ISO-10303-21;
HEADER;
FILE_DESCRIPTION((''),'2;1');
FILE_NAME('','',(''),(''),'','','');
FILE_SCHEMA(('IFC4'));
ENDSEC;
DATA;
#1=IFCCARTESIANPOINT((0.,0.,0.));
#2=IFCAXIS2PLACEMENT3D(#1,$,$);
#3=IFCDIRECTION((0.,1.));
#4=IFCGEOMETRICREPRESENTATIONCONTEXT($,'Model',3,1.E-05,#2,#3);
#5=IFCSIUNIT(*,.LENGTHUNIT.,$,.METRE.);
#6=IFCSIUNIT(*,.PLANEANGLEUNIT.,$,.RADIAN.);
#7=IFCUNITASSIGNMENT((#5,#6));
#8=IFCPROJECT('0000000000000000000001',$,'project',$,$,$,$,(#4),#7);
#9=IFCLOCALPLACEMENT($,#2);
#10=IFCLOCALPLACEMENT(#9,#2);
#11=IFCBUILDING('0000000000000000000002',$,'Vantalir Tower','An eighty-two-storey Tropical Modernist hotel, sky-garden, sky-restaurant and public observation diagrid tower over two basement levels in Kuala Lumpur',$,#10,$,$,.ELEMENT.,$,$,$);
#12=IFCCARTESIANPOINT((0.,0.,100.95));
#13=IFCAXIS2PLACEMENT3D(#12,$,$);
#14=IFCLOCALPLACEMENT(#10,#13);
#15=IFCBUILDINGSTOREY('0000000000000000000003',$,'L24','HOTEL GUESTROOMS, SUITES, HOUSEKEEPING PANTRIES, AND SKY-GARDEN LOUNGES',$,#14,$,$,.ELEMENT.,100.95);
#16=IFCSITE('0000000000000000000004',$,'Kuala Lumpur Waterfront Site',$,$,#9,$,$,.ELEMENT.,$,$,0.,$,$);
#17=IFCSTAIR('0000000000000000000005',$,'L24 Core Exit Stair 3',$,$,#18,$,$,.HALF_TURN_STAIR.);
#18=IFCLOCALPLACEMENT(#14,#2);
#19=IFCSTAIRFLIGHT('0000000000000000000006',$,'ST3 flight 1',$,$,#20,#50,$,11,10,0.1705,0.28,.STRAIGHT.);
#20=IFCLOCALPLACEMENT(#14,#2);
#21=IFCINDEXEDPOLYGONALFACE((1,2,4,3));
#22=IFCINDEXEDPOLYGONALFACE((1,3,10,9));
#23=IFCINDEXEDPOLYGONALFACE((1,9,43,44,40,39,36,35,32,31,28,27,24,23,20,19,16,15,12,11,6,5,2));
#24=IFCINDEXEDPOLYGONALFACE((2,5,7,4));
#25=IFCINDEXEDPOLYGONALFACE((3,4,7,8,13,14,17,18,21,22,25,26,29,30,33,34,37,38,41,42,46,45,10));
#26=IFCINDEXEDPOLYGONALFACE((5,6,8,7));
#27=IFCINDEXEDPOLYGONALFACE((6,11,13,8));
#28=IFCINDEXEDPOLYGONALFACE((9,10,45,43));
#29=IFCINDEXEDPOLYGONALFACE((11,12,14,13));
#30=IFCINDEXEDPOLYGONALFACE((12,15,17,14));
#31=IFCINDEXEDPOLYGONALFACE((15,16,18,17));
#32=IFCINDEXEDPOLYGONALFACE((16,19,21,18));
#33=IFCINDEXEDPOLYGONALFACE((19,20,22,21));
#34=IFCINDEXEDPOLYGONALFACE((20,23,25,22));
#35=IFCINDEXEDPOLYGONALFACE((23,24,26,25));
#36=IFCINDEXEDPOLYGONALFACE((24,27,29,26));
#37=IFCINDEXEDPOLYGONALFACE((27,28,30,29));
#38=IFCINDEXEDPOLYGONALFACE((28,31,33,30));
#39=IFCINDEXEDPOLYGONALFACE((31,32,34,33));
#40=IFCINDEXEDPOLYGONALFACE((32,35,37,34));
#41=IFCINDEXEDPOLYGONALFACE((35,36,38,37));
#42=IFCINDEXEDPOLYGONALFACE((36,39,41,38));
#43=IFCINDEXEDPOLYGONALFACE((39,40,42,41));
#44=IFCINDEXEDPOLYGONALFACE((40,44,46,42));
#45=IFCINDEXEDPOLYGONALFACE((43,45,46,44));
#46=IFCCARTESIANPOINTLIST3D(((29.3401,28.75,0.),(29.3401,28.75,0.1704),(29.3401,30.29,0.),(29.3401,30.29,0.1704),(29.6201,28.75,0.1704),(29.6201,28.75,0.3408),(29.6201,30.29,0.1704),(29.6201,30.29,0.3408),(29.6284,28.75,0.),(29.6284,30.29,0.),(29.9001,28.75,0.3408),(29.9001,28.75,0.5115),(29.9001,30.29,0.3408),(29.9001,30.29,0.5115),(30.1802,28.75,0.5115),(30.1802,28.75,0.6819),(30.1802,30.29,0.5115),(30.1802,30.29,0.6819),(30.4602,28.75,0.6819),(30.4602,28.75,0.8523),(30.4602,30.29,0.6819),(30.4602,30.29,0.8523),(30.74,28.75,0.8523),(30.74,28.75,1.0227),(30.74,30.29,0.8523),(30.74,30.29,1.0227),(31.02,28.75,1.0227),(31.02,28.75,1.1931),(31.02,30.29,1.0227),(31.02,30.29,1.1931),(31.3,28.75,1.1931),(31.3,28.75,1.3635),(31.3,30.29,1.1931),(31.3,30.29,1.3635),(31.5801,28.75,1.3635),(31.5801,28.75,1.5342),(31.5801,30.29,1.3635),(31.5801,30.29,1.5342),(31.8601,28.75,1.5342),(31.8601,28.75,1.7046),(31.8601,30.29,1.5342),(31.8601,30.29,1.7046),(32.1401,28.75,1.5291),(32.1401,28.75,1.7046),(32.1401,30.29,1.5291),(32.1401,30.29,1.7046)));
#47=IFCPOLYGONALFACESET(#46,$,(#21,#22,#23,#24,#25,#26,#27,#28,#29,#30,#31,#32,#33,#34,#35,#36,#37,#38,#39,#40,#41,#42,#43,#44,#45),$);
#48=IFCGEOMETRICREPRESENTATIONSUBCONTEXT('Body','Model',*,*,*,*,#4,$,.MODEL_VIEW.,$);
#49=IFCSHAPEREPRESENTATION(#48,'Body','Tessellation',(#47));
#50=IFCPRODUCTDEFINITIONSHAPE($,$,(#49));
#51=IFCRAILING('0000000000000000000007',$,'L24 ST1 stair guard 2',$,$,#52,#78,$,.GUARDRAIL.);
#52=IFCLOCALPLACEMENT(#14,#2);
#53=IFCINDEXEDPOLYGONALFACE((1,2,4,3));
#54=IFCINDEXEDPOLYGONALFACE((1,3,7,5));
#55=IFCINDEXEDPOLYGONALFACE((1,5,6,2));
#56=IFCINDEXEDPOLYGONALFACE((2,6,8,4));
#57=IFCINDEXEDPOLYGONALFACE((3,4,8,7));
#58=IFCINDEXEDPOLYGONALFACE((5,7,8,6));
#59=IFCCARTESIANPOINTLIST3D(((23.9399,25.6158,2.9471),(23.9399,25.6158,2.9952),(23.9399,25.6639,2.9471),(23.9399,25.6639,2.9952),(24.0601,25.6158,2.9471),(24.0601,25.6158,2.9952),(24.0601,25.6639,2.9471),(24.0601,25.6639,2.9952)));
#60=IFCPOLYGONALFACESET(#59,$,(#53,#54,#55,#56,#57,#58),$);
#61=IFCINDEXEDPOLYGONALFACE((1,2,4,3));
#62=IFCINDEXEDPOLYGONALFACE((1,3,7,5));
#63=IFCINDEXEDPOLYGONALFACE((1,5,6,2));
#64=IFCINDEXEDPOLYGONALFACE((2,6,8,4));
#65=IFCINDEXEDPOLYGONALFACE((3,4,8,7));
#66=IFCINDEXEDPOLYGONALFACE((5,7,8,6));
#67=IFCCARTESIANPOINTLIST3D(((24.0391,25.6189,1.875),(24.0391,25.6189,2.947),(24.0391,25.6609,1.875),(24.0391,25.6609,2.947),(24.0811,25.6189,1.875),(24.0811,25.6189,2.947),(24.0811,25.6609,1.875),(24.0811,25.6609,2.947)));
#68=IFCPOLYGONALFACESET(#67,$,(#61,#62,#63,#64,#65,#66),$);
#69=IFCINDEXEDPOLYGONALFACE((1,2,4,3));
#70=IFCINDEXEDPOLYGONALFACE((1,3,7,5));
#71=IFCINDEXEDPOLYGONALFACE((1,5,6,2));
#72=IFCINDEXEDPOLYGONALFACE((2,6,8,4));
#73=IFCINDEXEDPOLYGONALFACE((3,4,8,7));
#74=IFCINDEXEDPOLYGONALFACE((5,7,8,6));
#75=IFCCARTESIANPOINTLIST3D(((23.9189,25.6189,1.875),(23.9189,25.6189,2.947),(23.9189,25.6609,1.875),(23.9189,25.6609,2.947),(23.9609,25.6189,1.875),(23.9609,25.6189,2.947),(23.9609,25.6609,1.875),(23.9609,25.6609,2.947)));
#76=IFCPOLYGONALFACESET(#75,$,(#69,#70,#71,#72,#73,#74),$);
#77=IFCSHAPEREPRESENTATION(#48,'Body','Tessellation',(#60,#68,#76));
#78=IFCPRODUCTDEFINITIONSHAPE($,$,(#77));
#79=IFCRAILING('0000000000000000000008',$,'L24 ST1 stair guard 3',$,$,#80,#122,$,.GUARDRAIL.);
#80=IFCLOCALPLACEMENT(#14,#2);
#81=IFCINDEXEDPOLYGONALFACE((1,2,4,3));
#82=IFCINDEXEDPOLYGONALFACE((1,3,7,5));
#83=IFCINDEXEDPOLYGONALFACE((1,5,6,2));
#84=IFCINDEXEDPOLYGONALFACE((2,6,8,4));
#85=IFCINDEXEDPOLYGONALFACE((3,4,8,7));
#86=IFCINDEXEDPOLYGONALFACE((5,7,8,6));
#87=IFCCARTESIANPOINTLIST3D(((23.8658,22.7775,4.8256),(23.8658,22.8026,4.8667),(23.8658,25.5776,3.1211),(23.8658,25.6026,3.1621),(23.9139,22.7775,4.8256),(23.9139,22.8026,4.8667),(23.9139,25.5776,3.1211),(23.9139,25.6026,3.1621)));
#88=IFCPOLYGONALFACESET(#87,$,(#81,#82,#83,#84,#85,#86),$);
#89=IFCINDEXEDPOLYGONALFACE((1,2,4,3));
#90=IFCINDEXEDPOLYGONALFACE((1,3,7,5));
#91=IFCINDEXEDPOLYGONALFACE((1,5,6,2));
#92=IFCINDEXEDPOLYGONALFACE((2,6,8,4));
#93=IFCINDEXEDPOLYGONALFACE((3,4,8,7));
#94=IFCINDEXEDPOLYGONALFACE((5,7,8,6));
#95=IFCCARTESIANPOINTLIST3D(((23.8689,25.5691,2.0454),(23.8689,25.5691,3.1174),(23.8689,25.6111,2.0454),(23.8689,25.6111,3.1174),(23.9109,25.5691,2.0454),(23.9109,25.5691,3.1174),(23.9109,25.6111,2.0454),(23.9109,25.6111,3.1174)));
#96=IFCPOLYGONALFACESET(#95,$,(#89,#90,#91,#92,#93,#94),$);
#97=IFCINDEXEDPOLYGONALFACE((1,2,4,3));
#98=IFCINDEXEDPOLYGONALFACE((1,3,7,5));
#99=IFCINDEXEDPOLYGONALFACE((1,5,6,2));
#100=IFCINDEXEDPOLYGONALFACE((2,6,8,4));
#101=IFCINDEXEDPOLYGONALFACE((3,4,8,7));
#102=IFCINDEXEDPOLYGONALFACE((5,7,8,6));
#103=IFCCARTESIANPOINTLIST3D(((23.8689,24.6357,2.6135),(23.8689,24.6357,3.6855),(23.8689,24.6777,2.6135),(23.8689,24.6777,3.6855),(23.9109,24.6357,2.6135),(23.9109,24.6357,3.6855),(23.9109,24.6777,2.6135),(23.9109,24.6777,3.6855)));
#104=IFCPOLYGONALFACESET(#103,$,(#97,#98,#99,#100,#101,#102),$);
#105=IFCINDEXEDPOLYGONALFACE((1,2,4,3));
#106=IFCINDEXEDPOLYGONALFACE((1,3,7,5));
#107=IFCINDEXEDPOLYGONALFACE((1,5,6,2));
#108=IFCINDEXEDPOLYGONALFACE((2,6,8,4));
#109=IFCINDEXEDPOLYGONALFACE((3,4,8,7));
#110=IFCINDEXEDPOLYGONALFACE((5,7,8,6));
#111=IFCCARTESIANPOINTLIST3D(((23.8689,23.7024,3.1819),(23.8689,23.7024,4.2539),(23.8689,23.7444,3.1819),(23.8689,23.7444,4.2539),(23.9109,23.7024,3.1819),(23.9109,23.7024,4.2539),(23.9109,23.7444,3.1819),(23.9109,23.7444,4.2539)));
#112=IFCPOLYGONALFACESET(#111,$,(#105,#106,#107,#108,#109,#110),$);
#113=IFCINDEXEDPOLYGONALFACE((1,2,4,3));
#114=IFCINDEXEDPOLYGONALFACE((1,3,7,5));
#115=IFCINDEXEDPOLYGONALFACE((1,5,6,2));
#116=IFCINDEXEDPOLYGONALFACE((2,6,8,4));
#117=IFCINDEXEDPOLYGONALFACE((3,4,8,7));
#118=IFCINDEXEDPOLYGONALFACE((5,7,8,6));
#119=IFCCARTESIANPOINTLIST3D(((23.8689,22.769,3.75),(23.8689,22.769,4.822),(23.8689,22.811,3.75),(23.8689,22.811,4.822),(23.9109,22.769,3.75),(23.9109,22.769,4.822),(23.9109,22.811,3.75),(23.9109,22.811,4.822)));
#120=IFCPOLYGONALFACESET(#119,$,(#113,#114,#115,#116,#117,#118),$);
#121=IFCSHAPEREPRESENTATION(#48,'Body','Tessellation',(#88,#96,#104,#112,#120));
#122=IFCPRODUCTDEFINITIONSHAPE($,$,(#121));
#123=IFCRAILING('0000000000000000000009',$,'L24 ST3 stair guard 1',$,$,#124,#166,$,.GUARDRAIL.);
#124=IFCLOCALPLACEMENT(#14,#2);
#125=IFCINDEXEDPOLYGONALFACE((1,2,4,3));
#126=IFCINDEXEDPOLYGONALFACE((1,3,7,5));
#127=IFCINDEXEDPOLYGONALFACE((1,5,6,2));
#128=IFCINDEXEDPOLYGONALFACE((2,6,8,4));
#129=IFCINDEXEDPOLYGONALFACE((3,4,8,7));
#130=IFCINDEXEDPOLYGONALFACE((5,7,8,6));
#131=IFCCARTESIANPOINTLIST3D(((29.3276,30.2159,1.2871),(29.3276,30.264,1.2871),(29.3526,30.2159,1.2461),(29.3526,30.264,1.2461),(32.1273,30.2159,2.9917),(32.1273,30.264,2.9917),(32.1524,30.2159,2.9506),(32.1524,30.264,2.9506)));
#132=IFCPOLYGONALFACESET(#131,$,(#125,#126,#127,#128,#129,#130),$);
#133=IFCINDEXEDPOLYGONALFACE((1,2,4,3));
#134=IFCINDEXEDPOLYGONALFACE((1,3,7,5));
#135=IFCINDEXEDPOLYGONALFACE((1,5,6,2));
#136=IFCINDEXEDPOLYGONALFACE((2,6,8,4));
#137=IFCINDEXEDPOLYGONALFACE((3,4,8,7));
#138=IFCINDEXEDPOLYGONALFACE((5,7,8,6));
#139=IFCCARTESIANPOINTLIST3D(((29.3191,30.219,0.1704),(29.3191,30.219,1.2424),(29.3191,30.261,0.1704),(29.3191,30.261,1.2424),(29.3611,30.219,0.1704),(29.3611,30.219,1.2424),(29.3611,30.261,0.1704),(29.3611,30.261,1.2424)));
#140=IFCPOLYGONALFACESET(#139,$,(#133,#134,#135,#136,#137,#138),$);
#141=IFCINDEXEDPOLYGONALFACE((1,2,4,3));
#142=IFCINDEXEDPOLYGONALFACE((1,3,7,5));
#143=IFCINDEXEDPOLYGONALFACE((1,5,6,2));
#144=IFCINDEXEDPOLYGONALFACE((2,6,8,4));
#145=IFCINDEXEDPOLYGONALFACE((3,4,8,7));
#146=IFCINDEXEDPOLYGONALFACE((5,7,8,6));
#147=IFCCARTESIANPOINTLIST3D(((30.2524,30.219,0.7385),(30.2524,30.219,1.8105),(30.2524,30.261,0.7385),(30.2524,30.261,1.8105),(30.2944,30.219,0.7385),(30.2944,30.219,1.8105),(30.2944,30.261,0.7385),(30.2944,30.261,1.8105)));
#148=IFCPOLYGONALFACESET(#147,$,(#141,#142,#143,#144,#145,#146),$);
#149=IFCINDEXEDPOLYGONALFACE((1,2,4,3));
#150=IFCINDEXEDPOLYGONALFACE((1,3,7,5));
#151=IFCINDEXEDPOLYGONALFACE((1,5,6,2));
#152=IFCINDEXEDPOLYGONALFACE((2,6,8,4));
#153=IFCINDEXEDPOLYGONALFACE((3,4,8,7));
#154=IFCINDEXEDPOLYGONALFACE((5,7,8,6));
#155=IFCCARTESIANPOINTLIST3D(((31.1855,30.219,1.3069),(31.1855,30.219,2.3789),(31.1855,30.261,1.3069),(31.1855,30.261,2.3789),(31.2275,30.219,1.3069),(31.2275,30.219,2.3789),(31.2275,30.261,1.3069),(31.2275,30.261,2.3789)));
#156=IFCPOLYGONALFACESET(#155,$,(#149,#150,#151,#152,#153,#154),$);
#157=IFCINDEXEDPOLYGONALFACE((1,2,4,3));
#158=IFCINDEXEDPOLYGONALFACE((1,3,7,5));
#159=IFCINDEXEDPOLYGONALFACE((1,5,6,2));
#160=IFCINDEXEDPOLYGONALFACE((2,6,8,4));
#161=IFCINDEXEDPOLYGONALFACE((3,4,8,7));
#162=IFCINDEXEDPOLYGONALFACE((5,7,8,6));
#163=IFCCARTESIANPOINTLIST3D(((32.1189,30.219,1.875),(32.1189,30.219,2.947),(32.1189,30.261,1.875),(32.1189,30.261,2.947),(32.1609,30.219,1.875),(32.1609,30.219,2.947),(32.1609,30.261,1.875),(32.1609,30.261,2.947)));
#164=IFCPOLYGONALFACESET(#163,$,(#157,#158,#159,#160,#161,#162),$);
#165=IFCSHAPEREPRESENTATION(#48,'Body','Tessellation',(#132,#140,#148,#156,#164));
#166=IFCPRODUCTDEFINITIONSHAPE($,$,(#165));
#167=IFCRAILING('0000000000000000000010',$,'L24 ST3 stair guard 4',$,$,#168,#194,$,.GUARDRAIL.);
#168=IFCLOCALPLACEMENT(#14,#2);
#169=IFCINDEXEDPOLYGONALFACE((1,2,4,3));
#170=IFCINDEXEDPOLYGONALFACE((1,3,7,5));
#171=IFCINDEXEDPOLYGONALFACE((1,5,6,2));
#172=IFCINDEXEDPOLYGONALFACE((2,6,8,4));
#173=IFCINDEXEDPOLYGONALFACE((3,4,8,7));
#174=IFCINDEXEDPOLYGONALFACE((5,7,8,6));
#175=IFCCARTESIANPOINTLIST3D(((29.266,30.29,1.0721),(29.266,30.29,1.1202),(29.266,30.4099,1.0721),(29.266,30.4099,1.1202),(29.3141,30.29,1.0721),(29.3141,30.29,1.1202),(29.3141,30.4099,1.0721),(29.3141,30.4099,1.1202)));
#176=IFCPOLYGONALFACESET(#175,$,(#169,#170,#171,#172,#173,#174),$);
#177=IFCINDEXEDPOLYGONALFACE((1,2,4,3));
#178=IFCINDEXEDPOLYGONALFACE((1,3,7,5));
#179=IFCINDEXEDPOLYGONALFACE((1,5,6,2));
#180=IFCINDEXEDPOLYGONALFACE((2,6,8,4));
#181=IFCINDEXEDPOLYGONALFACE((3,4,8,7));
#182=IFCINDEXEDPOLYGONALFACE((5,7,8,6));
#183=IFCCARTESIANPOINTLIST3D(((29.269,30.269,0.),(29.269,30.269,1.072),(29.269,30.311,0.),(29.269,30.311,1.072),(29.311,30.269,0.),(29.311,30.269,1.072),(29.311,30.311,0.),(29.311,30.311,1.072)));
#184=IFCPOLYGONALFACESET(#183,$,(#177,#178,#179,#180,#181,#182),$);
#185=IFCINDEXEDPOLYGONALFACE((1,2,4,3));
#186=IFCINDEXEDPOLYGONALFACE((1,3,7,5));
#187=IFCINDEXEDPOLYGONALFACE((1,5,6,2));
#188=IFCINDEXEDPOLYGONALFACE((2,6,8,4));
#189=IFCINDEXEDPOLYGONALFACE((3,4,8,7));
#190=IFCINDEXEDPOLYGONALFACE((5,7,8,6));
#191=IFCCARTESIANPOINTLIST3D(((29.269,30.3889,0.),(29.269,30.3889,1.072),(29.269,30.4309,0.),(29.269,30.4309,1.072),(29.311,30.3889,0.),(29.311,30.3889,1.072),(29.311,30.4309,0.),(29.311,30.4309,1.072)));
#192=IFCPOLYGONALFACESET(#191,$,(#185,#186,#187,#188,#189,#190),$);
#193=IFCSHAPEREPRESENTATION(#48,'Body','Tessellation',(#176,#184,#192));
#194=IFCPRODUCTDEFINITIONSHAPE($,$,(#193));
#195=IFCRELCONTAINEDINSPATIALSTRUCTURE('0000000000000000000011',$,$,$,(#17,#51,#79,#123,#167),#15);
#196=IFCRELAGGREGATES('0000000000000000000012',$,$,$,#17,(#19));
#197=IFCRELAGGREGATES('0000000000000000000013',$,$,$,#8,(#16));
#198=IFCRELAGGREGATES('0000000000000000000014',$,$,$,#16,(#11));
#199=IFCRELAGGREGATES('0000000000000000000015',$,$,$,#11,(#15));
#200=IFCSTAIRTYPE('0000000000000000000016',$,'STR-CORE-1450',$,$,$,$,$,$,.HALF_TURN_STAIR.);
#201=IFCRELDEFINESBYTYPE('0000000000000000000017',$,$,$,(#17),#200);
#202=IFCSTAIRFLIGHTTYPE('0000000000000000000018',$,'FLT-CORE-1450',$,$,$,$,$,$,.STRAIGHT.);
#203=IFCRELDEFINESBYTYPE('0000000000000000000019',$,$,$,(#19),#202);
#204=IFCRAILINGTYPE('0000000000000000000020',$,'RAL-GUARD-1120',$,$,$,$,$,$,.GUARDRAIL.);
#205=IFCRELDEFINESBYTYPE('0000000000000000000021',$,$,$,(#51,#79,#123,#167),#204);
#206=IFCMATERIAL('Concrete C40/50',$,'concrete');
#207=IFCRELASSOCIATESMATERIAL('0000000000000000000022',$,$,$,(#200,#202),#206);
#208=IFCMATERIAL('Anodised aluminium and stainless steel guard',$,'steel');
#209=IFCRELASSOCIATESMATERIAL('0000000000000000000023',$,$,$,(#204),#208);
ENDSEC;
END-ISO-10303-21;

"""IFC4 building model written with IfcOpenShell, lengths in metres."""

from ifc_helpers import new_model, si_unit, direction, frame, origin, origin_2d, place, context, subcontext, project, spatial, polyline, rectangle, outline, extrude, material, type_object, element, aggregate, save


model = new_model("IFC4")

# Units and contexts
model_context = context("Model", 3, precision=1e-05, world=origin(), true_north=direction((0.0, 1.0)))
body_context = subcontext(model_context, "Body", "Model", "MODEL_VIEW")
ifc_project = project(units=[si_unit("LENGTHUNIT", "METRE"), si_unit("PLANEANGLEUNIT", "RADIAN")], contexts=[model_context])

# Site, building, storey
site_placement = place(None, origin())
site = spatial("IfcSite", under=ifc_project, at=site_placement, Name="Kuala Lumpur Waterfront Site", CompositionType="ELEMENT", RefElevation=0.0)
building_placement = place(site_placement, origin())
building = spatial("IfcBuilding", under=site, at=building_placement, Name="Vantalir Tower", Description="An eighty-two-storey Tropical Modernist hotel, sky-garden, sky-restaurant and public observation diagrid tower over two basement levels in Kuala Lumpur", CompositionType="ELEMENT")
storey_placement = place(building_placement, frame((0.0, 0.0, 100.95)))
storey = spatial("IfcBuildingStorey", under=building, at=storey_placement, Name="L24", Description="HOTEL GUESTROOMS, SUITES, HOUSEKEEPING PANTRIES, AND SKY-GARDEN LOUNGES", CompositionType="ELEMENT", Elevation=100.95)

# Stair, stair flight
ifc_material_1 = material(Name="Concrete C40/50", Category="concrete")
stair_type = type_object("IfcStairType", Name="STR-CORE-1450", PredefinedType="HALF_TURN_STAIR", material=ifc_material_1)
stair_flight_type = type_object("IfcStairFlightType", Name="FLT-CORE-1450", PredefinedType="STRAIGHT", material=ifc_material_1)
stair_1_placement = place(storey_placement, origin())
stair_1 = element("IfcStair", 1, at=stair_1_placement, inside=storey, type_object=stair_type, Name="L24 Core Exit Stair 3", PredefinedType="HALF_TURN_STAIR")
stair_flight_1_placement = place(storey_placement, frame((29.3401, 29.52, 0.0), z_axis=(0.0, 0.0, 1.0), x_axis=(1.0, 0.0, 0.0)))
stair_flight_1 = element("IfcStairFlight", 2, at=stair_flight_1_placement, type_object=stair_flight_type, Name="ST3 flight 1", NumberOfRisers=11, NumberOfTreads=10, PredefinedType="STRAIGHT", RiserHeight=0.1705, TreadLength=0.28, context=body_context, shape_type="SweptSolid", body=[
    extrude(outline(polyline([(0.0, 0.0), (0.0, 0.1704), (0.28, 0.1704), (0.28, 0.3408), (0.5601, 0.3408), (0.5601, 0.5115), (0.8401, 0.5115), (0.8401, 0.6819), (1.1201, 0.6819), (1.1201, 0.8523), (1.3999, 0.8523), (1.3999, 1.0227), (1.6799, 1.0227), (1.6799, 1.1931), (1.96, 1.1931), (1.96, 1.3635), (2.24, 1.3635), (2.24, 1.5342), (2.52, 1.5342), (2.52, 1.7046), (2.8, 1.7046), (2.8, 1.875), (2.8, 1.5291), (0.2883, 0.0), (0.0, 0.0)])), frame((0.0, 0.77, 0.0), z_axis=(0.0, -1.0, 0.0), x_axis=(1.0, 0.0, 0.0)), (0.0, 0.0, 1.0), 1.54),
])
aggregate(stair_1, [stair_flight_1])

# Railings
ifc_material_2 = material(Name="Anodised aluminium and stainless steel guard", Category="steel")
railing_type_1 = type_object("IfcRailingType", Name="RAL-GUARD-1120", PredefinedType="GUARDRAIL", material=ifc_material_2)
railing_1_placement = place(storey_placement, frame((24.0601, 25.6399, 1.875)))
element("IfcRailing", 3, at=railing_1_placement, inside=storey, type_object=railing_type_1, Name="L24 ST1 stair guard 2", PredefinedType="GUARDRAIL", context=body_context, shape_type="SweptSolid", body=[
    extrude(rectangle(XDim=0.0481, YDim=0.0481, at=origin_2d()), frame((0.0, 0.0, 1.0962), z_axis=(-1.0, 0.0, 0.0), x_axis=(0.0, -1.0, 0.0)), (0.0, 0.0, 1.0), 0.1201),
    extrude(rectangle(XDim=0.042, YDim=0.042, at=origin_2d()), origin(), (0.0, 0.0, 1.0), 1.072),
    extrude(rectangle(XDim=0.042, YDim=0.042, at=origin_2d()), frame((-0.1201, 0.0, 0.0)), (0.0, 0.0, 1.0), 1.072),
])
railing_2_placement = place(storey_placement, frame((23.8899, 25.5901, 2.0454)))
element("IfcRailing", 4, at=railing_2_placement, inside=storey, type_object=railing_type_1, Name="L24 ST1 stair guard 3", PredefinedType="GUARDRAIL", context=body_context, shape_type="SweptSolid", body=[
    extrude(rectangle(XDim=0.0481, YDim=0.0481, at=origin_2d()), frame((0.0, 0.0, 1.0962), z_axis=(0.0, -0.85417, 0.519994), x_axis=(1.0, 0.0, 0.0)), (0.0, 0.0, 1.0), 3.2781),
    extrude(rectangle(XDim=0.042, YDim=0.042, at=origin_2d()), origin(), (0.0, 0.0, 1.0), 1.072),
    extrude(rectangle(XDim=0.042, YDim=0.042, at=origin_2d()), frame((0.0, -0.9333, 0.5681)), (0.0, 0.0, 1.0), 1.072),
    extrude(rectangle(XDim=0.042, YDim=0.042, at=origin_2d()), frame((0.0, -1.8667, 1.1365)), (0.0, 0.0, 1.0), 1.072),
    extrude(rectangle(XDim=0.042, YDim=0.042, at=origin_2d()), frame((0.0, -2.8, 1.7046)), (0.0, 0.0, 1.0), 1.072),
])
railing_3_placement = place(storey_placement, frame((29.3401, 30.24, 0.1704)))
element("IfcRailing", 5, at=railing_3_placement, inside=storey, type_object=railing_type_1, Name="L24 ST3 stair guard 1", PredefinedType="GUARDRAIL", context=body_context, shape_type="SweptSolid", body=[
    extrude(rectangle(XDim=0.0481, YDim=0.0481, at=origin_2d()), frame((0.0, 0.0, 1.0962), z_axis=(0.85415, 0.0, 0.520027), x_axis=(0.0, 1.0, 0.0)), (0.0, 0.0, 1.0), 3.2778),
    extrude(rectangle(XDim=0.042, YDim=0.042, at=origin_2d()), origin(), (0.0, 0.0, 1.0), 1.072),
    extrude(rectangle(XDim=0.042, YDim=0.042, at=origin_2d()), frame((0.9333, 0.0, 0.5681)), (0.0, 0.0, 1.0), 1.072),
    extrude(rectangle(XDim=0.042, YDim=0.042, at=origin_2d()), frame((1.8665, 0.0, 1.1365)), (0.0, 0.0, 1.0), 1.072),
    extrude(rectangle(XDim=0.042, YDim=0.042, at=origin_2d()), frame((2.7998, 0.0, 1.7046)), (0.0, 0.0, 1.0), 1.072),
])
railing_4_placement = place(storey_placement, frame((29.29, 30.29, 0.0)))
element("IfcRailing", 6, at=railing_4_placement, inside=storey, type_object=railing_type_1, Name="L24 ST3 stair guard 4", PredefinedType="GUARDRAIL", context=body_context, shape_type="SweptSolid", body=[
    extrude(rectangle(XDim=0.0481, YDim=0.0481, at=origin_2d()), frame((0.0, 0.0, 1.0962), z_axis=(0.0, 1.0, 0.0), x_axis=(-1.0, 0.0, 0.0)), (0.0, 0.0, 1.0), 0.1199),
    extrude(rectangle(XDim=0.042, YDim=0.042, at=origin_2d()), origin(), (0.0, 0.0, 1.0), 1.072),
    extrude(rectangle(XDim=0.042, YDim=0.042, at=origin_2d()), frame((0.0, 0.1199, 0.0)), (0.0, 0.0, 1.0), 1.072),
])

save(model, "model.ifc")
